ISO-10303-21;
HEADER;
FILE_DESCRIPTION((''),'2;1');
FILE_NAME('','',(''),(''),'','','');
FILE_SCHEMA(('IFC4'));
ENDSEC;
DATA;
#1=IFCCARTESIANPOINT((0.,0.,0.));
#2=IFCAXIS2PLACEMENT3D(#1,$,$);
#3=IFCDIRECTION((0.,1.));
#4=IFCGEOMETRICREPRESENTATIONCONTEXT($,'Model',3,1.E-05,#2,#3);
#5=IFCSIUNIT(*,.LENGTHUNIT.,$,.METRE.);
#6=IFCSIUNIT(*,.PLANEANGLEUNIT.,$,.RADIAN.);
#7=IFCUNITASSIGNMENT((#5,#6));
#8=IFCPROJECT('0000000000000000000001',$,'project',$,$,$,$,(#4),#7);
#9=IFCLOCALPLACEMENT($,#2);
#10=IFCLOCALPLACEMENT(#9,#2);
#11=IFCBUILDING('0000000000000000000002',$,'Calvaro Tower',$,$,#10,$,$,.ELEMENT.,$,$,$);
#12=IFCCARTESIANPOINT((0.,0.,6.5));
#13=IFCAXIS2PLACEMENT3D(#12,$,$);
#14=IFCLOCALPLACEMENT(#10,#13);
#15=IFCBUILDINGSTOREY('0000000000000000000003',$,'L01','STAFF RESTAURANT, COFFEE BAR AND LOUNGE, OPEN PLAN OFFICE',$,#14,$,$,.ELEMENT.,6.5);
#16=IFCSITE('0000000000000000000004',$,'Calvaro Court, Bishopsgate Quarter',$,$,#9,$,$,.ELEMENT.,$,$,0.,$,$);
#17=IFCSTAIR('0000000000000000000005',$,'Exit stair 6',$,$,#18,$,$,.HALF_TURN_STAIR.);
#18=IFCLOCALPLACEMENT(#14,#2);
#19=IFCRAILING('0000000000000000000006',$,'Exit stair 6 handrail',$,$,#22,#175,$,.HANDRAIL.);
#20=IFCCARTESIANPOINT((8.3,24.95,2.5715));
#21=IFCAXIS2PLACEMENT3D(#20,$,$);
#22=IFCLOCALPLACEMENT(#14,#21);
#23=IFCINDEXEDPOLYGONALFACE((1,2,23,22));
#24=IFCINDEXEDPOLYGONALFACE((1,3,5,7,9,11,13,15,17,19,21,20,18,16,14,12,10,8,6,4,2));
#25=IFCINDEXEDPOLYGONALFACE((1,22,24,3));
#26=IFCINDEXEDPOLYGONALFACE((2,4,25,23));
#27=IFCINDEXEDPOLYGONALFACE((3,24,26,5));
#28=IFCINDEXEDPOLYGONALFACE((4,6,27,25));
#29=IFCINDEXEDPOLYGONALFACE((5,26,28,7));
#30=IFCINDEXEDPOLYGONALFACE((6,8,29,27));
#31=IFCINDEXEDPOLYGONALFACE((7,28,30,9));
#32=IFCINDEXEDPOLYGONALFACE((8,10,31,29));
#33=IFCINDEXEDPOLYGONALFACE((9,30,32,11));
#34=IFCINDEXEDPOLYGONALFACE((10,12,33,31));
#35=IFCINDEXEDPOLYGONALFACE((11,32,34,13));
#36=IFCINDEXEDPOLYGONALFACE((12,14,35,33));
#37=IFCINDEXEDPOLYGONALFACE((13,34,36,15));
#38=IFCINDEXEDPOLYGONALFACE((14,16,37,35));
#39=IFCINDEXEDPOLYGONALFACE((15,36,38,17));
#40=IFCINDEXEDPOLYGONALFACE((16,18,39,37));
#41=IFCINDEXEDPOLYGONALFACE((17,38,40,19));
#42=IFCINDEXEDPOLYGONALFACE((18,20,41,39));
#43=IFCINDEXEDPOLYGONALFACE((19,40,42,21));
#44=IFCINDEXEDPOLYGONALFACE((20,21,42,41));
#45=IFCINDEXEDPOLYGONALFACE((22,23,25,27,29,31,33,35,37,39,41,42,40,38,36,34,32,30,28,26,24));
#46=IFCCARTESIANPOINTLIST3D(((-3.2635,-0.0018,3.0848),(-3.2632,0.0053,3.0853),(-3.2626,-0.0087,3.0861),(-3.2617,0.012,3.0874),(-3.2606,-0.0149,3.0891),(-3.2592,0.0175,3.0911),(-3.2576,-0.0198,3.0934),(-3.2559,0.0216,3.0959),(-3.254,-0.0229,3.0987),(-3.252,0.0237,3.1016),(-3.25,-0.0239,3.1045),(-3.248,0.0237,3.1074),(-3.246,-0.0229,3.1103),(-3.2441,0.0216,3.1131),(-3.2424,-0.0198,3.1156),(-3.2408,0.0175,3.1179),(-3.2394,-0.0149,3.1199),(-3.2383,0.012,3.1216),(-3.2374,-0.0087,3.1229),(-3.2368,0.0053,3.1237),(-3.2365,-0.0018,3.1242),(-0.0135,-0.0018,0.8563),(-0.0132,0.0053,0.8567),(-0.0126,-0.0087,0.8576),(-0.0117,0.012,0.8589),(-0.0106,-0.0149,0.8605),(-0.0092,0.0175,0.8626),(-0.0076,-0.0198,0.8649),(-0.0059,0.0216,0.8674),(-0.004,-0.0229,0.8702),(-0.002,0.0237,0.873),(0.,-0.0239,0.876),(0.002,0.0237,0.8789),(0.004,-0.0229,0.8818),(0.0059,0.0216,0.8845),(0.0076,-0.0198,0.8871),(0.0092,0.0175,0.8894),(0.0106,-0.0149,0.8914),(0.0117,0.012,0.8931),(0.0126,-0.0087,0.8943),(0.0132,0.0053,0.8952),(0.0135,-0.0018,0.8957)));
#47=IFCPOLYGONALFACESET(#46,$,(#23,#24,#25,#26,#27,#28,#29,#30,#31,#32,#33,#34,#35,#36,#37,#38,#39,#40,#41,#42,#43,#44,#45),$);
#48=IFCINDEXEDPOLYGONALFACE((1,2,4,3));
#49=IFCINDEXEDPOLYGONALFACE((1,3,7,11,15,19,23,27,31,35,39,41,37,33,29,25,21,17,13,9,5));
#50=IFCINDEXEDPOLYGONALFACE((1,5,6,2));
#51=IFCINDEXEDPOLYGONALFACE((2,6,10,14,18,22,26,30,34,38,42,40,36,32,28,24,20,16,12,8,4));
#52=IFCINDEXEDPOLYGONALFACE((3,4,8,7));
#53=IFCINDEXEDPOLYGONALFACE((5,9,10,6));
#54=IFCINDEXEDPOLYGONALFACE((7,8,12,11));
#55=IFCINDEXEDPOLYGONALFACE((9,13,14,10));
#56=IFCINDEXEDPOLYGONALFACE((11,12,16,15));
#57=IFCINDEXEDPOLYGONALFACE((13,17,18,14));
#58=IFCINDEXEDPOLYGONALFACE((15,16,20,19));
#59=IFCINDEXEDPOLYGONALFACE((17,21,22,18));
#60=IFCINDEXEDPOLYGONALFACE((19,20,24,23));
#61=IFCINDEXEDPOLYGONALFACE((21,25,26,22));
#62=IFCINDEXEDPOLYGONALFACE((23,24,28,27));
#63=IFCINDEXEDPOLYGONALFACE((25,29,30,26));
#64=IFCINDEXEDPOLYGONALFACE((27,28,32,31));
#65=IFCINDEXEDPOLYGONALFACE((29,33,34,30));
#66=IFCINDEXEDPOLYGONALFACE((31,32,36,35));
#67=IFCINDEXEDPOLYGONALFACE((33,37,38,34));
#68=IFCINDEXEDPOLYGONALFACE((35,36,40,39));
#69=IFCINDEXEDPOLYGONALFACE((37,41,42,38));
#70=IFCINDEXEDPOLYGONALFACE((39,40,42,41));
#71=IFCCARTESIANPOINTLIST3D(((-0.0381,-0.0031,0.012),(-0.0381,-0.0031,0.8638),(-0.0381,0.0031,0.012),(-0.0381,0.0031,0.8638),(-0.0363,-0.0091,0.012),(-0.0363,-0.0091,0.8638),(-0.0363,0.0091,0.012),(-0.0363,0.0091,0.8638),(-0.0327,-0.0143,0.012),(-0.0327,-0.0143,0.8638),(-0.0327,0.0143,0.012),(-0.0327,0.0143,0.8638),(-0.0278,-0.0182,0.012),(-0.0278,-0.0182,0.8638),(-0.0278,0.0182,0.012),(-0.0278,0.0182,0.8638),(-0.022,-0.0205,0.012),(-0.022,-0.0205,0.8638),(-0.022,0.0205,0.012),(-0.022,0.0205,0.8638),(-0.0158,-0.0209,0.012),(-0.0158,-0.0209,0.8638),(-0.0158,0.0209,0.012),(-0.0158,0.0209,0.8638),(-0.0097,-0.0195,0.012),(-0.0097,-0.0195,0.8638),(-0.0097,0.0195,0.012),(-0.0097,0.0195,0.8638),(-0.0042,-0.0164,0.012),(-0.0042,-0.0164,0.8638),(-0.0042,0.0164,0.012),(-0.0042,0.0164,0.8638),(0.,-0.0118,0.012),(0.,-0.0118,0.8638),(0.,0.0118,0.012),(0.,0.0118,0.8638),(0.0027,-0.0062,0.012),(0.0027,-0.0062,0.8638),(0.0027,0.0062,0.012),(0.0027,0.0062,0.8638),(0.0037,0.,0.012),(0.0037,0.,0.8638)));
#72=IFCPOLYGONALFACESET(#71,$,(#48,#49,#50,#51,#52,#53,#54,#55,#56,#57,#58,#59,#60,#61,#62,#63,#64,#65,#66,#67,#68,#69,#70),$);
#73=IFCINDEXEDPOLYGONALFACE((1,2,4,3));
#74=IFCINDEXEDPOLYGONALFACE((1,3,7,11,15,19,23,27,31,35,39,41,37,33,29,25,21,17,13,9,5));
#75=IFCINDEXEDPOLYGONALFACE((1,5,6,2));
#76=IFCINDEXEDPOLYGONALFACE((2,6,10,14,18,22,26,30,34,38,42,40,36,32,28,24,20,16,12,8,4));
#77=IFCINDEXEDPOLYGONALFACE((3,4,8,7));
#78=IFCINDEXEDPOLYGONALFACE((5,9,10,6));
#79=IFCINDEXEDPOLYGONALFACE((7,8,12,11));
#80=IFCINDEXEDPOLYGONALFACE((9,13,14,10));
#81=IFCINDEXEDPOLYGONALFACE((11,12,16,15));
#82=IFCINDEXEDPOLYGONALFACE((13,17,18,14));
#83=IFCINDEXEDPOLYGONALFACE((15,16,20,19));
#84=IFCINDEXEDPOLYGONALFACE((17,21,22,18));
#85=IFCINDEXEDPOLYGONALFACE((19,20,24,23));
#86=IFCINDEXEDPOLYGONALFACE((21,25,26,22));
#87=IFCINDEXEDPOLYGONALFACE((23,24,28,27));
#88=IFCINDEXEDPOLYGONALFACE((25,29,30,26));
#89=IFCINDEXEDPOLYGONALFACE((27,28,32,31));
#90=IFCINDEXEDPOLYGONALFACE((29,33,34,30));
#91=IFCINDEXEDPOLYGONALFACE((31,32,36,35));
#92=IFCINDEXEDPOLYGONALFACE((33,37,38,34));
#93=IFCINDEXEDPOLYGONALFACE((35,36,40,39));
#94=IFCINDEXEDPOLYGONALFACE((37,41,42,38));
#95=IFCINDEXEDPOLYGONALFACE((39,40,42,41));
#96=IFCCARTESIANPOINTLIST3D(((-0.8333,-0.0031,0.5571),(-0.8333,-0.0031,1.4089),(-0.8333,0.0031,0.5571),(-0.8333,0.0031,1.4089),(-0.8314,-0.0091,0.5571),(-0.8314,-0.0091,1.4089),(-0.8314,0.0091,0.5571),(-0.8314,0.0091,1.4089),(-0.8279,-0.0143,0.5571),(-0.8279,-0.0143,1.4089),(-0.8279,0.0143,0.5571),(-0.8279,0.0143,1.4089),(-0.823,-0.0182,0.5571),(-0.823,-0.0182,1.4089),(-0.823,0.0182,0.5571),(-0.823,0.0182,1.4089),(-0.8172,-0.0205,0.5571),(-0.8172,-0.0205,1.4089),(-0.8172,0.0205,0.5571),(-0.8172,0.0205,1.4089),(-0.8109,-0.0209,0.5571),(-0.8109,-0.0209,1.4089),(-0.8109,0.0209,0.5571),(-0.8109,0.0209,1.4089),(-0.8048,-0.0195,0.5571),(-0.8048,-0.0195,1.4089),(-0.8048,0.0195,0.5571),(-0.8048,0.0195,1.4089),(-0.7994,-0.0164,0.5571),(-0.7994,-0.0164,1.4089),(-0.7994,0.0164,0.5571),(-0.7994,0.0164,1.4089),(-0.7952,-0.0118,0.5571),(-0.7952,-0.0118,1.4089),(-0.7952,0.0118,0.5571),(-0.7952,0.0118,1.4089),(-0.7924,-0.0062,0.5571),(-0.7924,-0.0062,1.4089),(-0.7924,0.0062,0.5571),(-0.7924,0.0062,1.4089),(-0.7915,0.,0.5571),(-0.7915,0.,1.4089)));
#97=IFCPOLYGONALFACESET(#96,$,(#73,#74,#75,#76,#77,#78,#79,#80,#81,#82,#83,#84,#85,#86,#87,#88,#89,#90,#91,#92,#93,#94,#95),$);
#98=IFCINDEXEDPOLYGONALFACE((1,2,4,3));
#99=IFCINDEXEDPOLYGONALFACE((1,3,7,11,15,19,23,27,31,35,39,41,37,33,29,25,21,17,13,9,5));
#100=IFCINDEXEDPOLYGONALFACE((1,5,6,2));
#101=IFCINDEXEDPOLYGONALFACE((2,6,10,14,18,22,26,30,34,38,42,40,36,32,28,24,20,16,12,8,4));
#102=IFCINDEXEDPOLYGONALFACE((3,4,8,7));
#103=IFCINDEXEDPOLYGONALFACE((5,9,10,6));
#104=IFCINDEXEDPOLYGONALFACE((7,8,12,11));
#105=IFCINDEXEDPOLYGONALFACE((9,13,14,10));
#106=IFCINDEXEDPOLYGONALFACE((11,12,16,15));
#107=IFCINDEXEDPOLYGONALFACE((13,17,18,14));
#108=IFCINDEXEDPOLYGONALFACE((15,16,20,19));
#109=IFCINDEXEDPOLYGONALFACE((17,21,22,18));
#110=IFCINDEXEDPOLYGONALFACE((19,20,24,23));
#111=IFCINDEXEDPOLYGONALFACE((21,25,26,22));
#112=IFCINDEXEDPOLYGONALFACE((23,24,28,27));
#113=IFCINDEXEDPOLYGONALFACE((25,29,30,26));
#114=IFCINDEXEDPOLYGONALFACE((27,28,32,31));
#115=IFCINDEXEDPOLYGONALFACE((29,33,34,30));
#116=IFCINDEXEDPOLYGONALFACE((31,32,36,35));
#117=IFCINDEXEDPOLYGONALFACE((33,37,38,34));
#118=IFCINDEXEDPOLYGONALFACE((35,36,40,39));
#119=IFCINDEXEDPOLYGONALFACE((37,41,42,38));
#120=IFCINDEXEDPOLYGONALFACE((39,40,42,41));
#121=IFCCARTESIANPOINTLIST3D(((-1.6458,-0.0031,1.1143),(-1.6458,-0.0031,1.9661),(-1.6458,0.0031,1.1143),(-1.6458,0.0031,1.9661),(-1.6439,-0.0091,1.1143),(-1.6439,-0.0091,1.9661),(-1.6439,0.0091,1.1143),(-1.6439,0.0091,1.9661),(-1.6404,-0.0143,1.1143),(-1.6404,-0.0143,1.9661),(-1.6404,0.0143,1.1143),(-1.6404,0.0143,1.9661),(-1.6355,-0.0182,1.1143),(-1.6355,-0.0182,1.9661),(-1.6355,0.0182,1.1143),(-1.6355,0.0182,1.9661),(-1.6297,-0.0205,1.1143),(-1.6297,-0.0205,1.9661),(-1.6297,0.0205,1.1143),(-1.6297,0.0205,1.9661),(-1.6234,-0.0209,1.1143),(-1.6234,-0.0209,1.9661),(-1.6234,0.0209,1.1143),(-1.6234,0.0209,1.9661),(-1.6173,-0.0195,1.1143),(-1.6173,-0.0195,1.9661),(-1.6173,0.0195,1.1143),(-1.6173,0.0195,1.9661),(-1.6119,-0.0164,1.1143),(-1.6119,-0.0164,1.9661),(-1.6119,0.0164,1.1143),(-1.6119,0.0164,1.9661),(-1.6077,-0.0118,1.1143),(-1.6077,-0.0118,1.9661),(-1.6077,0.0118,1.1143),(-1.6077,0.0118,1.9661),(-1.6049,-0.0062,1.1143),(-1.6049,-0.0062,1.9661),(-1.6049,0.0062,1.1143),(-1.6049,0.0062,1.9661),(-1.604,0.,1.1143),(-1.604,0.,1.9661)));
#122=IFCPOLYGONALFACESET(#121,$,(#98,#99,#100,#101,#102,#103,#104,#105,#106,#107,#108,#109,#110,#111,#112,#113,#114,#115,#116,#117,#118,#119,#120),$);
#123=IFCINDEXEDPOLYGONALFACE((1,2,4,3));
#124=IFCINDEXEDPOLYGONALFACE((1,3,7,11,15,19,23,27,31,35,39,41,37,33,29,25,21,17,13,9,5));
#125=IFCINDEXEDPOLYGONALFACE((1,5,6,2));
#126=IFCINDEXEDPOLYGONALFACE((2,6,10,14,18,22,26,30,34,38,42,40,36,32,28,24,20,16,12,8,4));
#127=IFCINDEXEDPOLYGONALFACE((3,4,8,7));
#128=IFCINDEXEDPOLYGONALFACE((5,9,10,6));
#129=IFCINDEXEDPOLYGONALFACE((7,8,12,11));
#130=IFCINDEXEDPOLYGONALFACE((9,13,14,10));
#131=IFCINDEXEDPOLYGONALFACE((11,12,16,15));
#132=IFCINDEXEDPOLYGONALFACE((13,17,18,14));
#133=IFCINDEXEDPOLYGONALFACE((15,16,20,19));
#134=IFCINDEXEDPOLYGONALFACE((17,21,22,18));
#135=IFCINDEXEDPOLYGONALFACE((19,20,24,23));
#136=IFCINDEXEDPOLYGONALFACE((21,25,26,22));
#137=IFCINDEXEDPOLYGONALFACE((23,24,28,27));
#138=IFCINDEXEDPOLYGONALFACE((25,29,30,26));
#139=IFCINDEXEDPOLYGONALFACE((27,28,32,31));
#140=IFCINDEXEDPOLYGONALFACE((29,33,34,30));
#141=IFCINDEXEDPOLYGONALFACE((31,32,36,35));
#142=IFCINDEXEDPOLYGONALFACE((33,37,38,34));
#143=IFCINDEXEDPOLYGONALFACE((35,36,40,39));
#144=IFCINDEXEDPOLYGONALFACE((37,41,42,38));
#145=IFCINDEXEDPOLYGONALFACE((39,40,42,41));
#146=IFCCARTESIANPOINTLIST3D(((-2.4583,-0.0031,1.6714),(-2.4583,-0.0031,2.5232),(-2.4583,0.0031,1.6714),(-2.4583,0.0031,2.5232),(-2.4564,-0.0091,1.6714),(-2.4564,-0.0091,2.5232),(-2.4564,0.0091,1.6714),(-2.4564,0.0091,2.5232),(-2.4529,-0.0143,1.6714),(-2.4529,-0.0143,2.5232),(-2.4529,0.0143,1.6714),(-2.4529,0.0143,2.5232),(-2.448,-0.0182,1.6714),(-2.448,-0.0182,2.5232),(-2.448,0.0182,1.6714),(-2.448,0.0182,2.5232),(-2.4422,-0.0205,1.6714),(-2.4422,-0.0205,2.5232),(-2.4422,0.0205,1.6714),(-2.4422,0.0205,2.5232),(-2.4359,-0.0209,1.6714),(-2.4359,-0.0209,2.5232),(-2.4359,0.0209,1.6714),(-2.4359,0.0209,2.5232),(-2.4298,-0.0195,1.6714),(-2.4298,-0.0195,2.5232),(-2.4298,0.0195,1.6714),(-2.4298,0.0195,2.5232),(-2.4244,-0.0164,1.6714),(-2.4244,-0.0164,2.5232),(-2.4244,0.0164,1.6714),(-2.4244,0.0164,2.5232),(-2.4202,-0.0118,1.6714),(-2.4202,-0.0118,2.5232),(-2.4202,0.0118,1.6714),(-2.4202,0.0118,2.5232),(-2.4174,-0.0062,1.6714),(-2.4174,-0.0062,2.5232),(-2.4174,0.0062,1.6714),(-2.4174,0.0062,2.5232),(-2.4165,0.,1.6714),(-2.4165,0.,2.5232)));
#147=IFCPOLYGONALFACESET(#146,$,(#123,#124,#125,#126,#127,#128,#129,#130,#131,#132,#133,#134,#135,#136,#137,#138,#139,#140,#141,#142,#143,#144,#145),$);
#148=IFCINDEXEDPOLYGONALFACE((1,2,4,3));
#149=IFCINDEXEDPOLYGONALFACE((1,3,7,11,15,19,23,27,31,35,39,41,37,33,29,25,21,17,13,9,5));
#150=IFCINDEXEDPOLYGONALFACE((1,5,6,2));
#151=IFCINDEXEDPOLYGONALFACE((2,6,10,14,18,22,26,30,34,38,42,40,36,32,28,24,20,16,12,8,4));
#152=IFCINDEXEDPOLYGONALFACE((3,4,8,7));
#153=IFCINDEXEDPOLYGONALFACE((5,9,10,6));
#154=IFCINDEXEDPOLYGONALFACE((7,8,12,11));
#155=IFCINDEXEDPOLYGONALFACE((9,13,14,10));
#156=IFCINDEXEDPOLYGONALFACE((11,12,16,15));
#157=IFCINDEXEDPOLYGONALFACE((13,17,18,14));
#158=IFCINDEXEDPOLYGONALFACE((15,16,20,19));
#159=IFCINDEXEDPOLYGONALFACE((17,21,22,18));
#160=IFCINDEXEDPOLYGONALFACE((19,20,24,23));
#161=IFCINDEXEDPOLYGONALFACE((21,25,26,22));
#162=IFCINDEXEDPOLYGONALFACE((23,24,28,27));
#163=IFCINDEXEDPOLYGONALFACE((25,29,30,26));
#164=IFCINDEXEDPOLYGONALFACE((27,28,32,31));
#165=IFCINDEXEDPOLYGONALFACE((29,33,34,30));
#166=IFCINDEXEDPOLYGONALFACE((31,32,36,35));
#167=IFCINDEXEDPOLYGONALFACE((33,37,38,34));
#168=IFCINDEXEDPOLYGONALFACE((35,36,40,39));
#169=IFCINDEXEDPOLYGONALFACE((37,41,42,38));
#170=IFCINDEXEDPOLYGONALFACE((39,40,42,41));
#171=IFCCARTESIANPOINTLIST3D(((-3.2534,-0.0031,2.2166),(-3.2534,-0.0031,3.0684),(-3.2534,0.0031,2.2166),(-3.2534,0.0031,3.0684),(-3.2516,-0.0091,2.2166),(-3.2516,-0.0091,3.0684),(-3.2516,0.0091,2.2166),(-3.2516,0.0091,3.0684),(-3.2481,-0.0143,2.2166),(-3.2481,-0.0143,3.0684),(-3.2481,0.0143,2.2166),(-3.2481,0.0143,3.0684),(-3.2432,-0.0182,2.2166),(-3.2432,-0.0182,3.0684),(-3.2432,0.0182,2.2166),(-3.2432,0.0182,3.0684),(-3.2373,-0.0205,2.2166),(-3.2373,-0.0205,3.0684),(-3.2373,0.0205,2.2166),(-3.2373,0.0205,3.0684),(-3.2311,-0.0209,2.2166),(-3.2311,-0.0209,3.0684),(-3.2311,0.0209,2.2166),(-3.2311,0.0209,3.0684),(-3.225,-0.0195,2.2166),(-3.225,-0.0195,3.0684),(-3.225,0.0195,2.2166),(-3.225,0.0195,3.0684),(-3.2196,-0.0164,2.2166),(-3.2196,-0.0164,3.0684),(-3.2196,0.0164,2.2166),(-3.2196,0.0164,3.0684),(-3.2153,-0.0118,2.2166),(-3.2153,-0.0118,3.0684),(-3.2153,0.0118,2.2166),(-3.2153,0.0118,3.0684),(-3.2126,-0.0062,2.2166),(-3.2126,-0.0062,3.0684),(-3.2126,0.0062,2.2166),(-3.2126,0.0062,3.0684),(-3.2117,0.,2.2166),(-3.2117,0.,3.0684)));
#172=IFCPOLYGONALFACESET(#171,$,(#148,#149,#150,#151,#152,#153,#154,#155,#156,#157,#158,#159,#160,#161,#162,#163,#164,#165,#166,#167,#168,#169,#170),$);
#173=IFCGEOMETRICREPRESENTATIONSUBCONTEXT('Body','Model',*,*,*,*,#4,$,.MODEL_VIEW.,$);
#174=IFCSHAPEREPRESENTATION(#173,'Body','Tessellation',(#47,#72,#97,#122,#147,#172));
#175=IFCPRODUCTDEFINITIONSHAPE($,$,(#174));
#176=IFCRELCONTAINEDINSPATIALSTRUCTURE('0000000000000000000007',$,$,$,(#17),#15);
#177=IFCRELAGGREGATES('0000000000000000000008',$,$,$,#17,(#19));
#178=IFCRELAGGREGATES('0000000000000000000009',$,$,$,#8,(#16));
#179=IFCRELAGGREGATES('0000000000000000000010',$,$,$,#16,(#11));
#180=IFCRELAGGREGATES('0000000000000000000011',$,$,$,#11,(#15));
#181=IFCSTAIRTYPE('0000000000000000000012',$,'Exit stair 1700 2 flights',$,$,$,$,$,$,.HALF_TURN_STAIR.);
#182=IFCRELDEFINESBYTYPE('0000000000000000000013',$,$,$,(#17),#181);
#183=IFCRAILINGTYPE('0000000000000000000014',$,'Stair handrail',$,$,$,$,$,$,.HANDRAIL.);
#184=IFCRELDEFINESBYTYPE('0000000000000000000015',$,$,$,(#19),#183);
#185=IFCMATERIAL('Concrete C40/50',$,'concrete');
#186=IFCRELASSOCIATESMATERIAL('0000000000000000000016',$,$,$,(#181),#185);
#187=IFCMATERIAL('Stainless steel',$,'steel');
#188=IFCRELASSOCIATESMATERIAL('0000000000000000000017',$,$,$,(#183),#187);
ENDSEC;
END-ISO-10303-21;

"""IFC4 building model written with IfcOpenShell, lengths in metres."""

from ifc_helpers import new_model, si_unit, direction, frame, origin, origin_2d, place, context, subcontext, project, spatial, circle, extrude, material, type_object, element, aggregate, save


model = new_model("IFC4")

# Units and contexts
model_context = context("Model", 3, precision=1e-05, world=origin(), true_north=direction((0.0, 1.0)))
body_context = subcontext(model_context, "Body", "Model", "MODEL_VIEW")
ifc_project = project(units=[si_unit("LENGTHUNIT", "METRE"), si_unit("PLANEANGLEUNIT", "RADIAN")], contexts=[model_context])

# Site, building, storey
site_placement = place(None, origin())
site = spatial("IfcSite", under=ifc_project, at=site_placement, Name="Calvaro Court, Bishopsgate Quarter", CompositionType="ELEMENT", RefElevation=0.0)
building_placement = place(site_placement, origin())
building = spatial("IfcBuilding", under=site, at=building_placement, Name="Calvaro Tower", CompositionType="ELEMENT")
storey_placement = place(building_placement, frame((0.0, 0.0, 6.5)))
storey = spatial("IfcBuildingStorey", under=building, at=storey_placement, Name="L01", Description="STAFF RESTAURANT, COFFEE BAR AND LOUNGE, OPEN PLAN OFFICE", CompositionType="ELEMENT", Elevation=6.5)

# Stair
ifc_material_1 = material(Name="Concrete C40/50", Category="concrete")
stair_type_1 = type_object("IfcStairType", Name="Exit stair 1700 2 flights", PredefinedType="HALF_TURN_STAIR", material=ifc_material_1)
stair_1_placement = place(storey_placement, origin())
stair_1 = element("IfcStair", 1, at=stair_1_placement, inside=storey, type_object=stair_type_1, Name="Exit stair 6", PredefinedType="HALF_TURN_STAIR")

# Shared definitions
ifc_material_2 = material(Name="Stainless steel", Category="steel")
railing_type = type_object("IfcRailingType", Name="Stair handrail", PredefinedType="HANDRAIL", material=ifc_material_2)

# Railing
railing_1_placement = place(storey_placement, frame((8.3, 24.95, 2.5715)))
railing_1 = element("IfcRailing", 2, at=railing_1_placement, type_object=railing_type, Name="Exit stair 6 handrail", PredefinedType="HANDRAIL", context=body_context, shape_type="SweptSolid", body=[
    extrude(circle(Radius=0.0239, at=origin_2d()), frame((0.0, 0.0, 0.876), z_axis=(-0.824735, 0.0, 0.565519), x_axis=(0.0, -1.0, 0.0)), (0.0, 0.0, 1.0), 3.9407),
    extrude(circle(Radius=0.021, at=origin_2d()), frame((-0.0173, 0.0, 0.012)), (0.0, 0.0, 1.0), 0.8518),
    extrude(circle(Radius=0.021, at=origin_2d()), frame((-0.8125, 0.0, 0.5571)), (0.0, 0.0, 1.0), 0.8518),
    extrude(circle(Radius=0.021, at=origin_2d()), frame((-1.625, 0.0, 1.1143)), (0.0, 0.0, 1.0), 0.8518),
    extrude(circle(Radius=0.021, at=origin_2d()), frame((-2.4375, 0.0, 1.6714)), (0.0, 0.0, 1.0), 0.8518),
    extrude(circle(Radius=0.021, at=origin_2d()), frame((-3.2327, 0.0, 2.2166)), (0.0, 0.0, 1.0), 0.8518),
])
aggregate(stair_1, [railing_1])

save(model, "model.ifc")
